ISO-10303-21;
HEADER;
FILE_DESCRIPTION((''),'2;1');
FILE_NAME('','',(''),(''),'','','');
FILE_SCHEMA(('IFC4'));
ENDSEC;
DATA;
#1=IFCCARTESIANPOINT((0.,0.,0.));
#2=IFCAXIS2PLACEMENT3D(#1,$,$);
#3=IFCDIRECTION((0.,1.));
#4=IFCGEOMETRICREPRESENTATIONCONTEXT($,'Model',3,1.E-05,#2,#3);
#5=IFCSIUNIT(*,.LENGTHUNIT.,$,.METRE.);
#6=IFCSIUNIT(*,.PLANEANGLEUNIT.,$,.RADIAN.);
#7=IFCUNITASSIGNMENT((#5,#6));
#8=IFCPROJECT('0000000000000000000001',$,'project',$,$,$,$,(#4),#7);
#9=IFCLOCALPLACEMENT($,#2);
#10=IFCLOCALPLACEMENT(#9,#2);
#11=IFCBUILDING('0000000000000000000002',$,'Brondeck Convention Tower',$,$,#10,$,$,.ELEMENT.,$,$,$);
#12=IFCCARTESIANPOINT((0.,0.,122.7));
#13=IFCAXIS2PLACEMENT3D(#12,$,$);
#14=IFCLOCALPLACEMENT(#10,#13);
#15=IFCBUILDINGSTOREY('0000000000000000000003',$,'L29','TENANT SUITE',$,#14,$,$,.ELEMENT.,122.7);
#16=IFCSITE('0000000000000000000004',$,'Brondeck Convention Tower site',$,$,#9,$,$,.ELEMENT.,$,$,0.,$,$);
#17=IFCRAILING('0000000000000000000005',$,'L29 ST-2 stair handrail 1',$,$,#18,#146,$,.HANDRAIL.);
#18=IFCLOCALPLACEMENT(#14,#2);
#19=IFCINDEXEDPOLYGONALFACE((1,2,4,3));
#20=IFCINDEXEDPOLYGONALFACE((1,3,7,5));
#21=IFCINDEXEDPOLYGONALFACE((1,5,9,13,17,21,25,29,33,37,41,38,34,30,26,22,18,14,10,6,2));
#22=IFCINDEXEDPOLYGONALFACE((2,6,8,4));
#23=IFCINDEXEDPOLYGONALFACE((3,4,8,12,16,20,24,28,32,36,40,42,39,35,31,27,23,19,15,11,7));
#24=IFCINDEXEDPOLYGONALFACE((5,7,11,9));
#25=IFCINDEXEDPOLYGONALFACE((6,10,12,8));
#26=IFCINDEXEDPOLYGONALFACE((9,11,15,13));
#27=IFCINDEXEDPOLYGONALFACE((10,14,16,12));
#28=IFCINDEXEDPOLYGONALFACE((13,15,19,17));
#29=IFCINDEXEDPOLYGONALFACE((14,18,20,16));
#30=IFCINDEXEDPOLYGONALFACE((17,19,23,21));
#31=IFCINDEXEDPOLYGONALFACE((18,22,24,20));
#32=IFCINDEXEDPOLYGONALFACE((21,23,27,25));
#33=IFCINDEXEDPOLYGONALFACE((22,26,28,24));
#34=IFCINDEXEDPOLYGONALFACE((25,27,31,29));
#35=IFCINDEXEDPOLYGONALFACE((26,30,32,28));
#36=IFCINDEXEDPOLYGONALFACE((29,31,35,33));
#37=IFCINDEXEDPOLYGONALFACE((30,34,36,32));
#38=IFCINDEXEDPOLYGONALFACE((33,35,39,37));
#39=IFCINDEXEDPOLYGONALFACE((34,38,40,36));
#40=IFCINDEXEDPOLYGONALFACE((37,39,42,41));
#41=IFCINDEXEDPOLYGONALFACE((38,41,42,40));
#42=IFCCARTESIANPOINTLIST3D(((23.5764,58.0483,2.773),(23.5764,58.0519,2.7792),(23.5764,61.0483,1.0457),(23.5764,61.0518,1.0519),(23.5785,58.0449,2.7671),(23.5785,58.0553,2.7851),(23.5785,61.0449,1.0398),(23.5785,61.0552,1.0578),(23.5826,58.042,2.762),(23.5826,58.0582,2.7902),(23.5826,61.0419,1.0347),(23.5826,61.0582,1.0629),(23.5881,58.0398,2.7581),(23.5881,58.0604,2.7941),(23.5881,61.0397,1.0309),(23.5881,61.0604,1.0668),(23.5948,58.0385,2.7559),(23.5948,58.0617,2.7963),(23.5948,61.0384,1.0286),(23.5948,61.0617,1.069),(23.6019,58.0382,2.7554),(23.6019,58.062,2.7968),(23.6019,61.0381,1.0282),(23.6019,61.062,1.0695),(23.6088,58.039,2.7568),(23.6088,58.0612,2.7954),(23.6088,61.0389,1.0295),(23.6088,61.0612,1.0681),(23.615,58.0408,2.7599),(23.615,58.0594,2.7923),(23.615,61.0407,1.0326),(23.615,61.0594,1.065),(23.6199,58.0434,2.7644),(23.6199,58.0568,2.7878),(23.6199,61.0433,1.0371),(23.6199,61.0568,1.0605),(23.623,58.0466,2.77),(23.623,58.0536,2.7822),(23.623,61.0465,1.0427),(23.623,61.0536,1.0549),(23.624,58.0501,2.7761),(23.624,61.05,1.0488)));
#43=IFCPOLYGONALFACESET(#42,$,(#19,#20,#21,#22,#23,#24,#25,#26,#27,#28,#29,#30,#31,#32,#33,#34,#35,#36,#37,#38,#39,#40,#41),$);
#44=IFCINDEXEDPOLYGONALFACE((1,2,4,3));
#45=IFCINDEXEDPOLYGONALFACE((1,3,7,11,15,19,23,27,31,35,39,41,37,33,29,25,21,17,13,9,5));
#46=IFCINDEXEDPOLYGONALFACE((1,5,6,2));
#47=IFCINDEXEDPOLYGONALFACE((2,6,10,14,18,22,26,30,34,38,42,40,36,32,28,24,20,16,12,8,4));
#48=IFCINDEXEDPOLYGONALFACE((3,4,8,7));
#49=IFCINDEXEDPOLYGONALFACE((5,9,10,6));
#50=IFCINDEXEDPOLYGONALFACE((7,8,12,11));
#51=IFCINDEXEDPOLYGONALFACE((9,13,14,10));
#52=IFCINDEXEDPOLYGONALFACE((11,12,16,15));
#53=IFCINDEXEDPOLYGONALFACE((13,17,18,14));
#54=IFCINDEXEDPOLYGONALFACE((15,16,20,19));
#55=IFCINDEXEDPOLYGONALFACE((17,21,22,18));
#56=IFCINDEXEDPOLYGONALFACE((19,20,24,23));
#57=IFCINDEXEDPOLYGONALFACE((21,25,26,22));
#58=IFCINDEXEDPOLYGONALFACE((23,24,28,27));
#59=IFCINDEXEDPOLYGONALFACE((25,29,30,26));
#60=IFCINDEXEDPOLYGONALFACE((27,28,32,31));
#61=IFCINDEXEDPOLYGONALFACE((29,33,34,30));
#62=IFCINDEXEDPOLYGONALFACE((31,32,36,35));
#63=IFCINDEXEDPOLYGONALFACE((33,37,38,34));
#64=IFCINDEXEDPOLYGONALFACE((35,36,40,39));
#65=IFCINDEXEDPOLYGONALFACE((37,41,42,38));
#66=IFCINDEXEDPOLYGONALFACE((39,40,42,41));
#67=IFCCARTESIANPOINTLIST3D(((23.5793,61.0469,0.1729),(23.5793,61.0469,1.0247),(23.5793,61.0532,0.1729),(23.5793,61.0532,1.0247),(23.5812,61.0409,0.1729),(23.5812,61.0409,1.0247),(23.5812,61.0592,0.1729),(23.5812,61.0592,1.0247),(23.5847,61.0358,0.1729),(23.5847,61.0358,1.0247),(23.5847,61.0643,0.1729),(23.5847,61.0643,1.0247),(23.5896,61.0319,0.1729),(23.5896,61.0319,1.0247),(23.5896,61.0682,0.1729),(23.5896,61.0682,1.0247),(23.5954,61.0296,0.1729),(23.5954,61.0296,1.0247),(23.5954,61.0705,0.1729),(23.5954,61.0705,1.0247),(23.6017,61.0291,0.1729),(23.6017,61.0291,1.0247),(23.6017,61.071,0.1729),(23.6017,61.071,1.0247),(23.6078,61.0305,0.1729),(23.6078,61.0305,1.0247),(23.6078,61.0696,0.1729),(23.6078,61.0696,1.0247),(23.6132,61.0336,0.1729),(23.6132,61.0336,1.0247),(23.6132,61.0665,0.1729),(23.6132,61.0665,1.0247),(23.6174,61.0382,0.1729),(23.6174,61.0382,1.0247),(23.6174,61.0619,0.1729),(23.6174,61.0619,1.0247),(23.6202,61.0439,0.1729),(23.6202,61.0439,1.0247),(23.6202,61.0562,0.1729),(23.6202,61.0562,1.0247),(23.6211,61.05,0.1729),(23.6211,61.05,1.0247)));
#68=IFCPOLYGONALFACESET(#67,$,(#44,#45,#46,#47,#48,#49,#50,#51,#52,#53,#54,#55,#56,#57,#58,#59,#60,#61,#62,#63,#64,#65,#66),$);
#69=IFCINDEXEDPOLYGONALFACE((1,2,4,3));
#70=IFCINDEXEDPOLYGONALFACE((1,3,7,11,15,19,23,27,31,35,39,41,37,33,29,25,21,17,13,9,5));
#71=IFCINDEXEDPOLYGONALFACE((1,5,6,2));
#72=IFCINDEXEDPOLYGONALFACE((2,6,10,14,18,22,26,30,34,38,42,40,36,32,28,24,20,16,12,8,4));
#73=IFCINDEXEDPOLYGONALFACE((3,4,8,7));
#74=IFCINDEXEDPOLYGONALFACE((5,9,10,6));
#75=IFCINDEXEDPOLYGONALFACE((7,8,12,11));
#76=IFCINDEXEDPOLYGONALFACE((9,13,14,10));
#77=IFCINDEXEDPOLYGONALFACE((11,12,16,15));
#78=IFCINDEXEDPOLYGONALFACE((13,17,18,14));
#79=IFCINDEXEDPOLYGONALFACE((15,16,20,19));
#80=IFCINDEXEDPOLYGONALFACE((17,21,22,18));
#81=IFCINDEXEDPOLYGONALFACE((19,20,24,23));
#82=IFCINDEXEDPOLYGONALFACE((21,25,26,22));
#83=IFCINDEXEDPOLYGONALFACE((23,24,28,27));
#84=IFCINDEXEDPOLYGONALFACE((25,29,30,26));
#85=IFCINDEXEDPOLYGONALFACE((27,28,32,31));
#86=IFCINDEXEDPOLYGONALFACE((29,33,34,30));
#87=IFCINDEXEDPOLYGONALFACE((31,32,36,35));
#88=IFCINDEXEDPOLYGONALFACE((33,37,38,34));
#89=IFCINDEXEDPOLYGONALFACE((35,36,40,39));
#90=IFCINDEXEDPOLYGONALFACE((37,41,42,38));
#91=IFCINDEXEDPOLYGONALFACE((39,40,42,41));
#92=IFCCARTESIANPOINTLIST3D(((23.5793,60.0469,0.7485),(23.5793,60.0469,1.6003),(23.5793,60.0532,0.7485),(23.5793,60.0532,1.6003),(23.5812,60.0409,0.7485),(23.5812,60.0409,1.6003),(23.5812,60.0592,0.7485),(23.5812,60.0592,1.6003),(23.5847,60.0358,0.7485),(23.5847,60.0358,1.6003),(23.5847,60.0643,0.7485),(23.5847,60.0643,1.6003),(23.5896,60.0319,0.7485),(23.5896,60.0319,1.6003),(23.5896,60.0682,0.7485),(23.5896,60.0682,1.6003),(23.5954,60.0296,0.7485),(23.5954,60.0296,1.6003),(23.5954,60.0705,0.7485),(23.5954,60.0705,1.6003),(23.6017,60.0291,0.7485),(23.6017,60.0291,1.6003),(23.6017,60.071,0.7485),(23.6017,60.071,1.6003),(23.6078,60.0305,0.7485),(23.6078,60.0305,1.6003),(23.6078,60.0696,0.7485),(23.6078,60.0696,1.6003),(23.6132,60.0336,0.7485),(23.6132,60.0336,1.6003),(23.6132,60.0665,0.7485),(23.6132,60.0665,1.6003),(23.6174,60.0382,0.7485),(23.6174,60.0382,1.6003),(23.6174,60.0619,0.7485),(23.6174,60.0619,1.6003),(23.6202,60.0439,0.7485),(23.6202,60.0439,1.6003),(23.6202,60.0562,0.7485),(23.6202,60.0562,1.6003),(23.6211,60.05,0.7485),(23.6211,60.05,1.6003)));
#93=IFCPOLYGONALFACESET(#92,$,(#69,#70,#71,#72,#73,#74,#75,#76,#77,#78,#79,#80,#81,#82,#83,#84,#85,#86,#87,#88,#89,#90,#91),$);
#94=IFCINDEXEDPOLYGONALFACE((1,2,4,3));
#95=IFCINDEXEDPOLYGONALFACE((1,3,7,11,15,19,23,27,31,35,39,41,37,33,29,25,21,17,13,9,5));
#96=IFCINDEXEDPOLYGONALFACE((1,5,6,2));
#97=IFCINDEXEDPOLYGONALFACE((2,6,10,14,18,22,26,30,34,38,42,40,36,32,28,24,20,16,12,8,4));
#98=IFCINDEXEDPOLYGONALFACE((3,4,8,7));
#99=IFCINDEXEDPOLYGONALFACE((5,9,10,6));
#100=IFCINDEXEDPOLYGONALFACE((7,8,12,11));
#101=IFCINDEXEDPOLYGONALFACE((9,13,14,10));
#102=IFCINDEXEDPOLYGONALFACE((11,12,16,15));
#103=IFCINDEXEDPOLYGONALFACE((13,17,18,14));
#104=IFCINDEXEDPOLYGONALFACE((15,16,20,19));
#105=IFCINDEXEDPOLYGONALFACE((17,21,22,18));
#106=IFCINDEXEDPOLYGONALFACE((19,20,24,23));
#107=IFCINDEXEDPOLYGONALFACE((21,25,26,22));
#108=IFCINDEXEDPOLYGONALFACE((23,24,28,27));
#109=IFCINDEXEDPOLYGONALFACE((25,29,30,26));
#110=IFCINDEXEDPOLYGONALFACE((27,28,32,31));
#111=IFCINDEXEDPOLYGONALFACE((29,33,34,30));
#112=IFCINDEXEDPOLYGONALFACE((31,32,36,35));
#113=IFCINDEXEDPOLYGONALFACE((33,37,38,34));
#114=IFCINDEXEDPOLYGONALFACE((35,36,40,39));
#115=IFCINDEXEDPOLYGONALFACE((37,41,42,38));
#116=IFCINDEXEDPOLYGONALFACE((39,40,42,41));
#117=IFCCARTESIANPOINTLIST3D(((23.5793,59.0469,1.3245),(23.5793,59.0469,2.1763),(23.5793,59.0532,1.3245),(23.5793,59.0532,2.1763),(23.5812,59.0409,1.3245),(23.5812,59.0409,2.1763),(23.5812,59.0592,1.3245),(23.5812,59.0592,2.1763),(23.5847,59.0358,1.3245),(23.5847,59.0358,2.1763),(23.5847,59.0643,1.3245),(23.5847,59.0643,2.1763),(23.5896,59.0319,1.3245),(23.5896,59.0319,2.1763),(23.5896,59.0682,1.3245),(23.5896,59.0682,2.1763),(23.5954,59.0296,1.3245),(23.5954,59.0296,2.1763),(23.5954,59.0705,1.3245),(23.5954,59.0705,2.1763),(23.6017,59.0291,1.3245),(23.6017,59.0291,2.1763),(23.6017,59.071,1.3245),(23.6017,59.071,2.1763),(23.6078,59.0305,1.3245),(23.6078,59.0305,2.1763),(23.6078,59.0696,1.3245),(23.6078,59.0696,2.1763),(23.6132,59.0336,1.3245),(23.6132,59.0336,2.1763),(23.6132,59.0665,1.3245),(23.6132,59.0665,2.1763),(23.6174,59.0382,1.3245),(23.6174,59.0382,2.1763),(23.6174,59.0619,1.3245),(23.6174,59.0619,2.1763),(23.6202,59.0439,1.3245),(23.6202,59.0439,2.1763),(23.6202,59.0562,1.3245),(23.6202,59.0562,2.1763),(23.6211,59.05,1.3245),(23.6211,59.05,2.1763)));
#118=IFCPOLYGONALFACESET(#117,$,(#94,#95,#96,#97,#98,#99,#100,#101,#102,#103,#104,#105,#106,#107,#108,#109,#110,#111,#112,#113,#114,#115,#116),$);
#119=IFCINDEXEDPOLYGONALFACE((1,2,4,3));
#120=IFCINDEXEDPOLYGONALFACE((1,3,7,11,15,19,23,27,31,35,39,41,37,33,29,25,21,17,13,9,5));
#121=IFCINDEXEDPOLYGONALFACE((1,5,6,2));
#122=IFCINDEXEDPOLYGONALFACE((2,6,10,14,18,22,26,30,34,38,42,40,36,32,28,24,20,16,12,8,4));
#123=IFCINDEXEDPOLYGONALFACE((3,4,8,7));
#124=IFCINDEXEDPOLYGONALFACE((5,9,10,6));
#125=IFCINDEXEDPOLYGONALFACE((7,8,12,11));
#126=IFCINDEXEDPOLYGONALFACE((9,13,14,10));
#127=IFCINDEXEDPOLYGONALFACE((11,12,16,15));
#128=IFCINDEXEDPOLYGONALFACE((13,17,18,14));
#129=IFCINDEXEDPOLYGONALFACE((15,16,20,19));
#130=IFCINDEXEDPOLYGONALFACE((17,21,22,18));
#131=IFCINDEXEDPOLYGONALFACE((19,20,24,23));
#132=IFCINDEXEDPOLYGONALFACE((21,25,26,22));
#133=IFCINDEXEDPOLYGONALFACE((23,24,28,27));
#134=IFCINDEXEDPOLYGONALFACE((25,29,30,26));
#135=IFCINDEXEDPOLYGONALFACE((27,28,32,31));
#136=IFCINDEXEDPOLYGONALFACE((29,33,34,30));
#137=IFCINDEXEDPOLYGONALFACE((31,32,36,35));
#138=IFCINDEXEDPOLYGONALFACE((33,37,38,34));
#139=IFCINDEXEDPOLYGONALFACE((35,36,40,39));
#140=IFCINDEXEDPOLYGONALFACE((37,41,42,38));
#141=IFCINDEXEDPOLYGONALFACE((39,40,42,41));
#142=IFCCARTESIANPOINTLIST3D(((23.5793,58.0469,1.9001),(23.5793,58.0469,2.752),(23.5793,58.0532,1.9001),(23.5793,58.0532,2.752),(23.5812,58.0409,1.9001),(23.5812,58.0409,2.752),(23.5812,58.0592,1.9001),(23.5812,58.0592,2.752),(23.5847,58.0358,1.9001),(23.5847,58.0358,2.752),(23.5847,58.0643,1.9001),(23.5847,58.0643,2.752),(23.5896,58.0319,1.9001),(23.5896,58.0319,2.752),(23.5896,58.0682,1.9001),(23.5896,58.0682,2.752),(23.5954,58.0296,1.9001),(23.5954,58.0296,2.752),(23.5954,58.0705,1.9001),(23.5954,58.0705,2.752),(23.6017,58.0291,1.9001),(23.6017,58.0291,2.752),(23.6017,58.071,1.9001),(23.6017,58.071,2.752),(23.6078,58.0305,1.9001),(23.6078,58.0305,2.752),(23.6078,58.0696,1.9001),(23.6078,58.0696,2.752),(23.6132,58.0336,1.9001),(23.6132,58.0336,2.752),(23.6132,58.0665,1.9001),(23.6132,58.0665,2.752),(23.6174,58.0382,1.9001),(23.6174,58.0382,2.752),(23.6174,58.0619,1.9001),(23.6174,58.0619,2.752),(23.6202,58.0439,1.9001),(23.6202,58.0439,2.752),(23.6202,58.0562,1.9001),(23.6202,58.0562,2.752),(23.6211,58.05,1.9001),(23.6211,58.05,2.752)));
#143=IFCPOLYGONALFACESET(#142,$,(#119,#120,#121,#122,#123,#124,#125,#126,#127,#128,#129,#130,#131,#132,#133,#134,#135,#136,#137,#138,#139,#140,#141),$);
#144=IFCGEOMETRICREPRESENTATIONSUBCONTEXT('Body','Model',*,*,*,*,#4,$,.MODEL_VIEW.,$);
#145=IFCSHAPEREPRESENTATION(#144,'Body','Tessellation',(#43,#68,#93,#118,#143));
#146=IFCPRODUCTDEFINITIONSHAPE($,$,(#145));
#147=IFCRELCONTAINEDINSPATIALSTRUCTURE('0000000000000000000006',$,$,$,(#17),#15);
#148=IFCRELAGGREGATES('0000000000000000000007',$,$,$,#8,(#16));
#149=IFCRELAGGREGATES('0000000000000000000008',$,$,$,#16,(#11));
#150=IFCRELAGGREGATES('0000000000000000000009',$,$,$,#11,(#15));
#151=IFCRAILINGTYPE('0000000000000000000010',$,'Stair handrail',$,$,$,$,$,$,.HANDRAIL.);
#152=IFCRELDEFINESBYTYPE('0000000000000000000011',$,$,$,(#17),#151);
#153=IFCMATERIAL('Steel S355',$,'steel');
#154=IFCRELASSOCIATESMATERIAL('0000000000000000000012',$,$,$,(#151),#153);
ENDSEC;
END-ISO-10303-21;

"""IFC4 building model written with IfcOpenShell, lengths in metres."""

from ifc_helpers import new_model, si_unit, direction, frame, origin, origin_2d, place, context, subcontext, project, spatial, circle, extrude, material, type_object, element, save


model = new_model("IFC4")

# Units and contexts
model_context = context("Model", 3, precision=1e-05, world=origin(), true_north=direction((0.0, 1.0)))
body_context = subcontext(model_context, "Body", "Model", "MODEL_VIEW")
ifc_project = project(units=[si_unit("LENGTHUNIT", "METRE"), si_unit("PLANEANGLEUNIT", "RADIAN")], contexts=[model_context])

# Site, building, storey
site_placement = place(None, origin())
site = spatial("IfcSite", under=ifc_project, at=site_placement, Name="Brondeck Convention Tower site", CompositionType="ELEMENT", RefElevation=0.0)
building_placement = place(site_placement, origin())
building = spatial("IfcBuilding", under=site, at=building_placement, Name="Brondeck Convention Tower", CompositionType="ELEMENT")
storey_placement = place(building_placement, frame((0.0, 0.0, 122.7)))
storey = spatial("IfcBuildingStorey", under=building, at=storey_placement, Name="L29", Description="TENANT SUITE", CompositionType="ELEMENT", Elevation=122.7)

# Railing
ifc_material_1 = material(Name="Steel S355", Category="steel")
railing_type_1 = type_object("IfcRailingType", Name="Stair handrail", PredefinedType="HANDRAIL", material=ifc_material_1)
railing_1_placement = place(storey_placement, frame((23.6001, 61.05, 0.1729)))
element("IfcRailing", 1, at=railing_1_placement, inside=storey, type_object=railing_type_1, Name="L29 ST-2 stair handrail 1", PredefinedType="HANDRAIL", context=body_context, shape_type="SweptSolid", body=[
    extrude(circle(Radius=0.0239, at=origin_2d()), frame((0.0, 0.0, 0.876), z_axis=(0.0, -0.86662, 0.498969), x_axis=(1.0, 0.0, 0.0)), (0.0, 0.0, 1.0), 3.4617),
    extrude(circle(Radius=0.021, at=origin_2d()), origin(), (0.0, 0.0, 1.0), 0.8518),
    extrude(circle(Radius=0.021, at=origin_2d()), frame((0.0, -1.0, 0.5757)), (0.0, 0.0, 1.0), 0.8518),
    extrude(circle(Radius=0.021, at=origin_2d()), frame((0.0, -2.0, 1.1516)), (0.0, 0.0, 1.0), 0.8518),
    extrude(circle(Radius=0.021, at=origin_2d()), frame((0.0, -3.0, 1.7273)), (0.0, 0.0, 1.0), 0.8518),
])

save(model, "model.ifc")
